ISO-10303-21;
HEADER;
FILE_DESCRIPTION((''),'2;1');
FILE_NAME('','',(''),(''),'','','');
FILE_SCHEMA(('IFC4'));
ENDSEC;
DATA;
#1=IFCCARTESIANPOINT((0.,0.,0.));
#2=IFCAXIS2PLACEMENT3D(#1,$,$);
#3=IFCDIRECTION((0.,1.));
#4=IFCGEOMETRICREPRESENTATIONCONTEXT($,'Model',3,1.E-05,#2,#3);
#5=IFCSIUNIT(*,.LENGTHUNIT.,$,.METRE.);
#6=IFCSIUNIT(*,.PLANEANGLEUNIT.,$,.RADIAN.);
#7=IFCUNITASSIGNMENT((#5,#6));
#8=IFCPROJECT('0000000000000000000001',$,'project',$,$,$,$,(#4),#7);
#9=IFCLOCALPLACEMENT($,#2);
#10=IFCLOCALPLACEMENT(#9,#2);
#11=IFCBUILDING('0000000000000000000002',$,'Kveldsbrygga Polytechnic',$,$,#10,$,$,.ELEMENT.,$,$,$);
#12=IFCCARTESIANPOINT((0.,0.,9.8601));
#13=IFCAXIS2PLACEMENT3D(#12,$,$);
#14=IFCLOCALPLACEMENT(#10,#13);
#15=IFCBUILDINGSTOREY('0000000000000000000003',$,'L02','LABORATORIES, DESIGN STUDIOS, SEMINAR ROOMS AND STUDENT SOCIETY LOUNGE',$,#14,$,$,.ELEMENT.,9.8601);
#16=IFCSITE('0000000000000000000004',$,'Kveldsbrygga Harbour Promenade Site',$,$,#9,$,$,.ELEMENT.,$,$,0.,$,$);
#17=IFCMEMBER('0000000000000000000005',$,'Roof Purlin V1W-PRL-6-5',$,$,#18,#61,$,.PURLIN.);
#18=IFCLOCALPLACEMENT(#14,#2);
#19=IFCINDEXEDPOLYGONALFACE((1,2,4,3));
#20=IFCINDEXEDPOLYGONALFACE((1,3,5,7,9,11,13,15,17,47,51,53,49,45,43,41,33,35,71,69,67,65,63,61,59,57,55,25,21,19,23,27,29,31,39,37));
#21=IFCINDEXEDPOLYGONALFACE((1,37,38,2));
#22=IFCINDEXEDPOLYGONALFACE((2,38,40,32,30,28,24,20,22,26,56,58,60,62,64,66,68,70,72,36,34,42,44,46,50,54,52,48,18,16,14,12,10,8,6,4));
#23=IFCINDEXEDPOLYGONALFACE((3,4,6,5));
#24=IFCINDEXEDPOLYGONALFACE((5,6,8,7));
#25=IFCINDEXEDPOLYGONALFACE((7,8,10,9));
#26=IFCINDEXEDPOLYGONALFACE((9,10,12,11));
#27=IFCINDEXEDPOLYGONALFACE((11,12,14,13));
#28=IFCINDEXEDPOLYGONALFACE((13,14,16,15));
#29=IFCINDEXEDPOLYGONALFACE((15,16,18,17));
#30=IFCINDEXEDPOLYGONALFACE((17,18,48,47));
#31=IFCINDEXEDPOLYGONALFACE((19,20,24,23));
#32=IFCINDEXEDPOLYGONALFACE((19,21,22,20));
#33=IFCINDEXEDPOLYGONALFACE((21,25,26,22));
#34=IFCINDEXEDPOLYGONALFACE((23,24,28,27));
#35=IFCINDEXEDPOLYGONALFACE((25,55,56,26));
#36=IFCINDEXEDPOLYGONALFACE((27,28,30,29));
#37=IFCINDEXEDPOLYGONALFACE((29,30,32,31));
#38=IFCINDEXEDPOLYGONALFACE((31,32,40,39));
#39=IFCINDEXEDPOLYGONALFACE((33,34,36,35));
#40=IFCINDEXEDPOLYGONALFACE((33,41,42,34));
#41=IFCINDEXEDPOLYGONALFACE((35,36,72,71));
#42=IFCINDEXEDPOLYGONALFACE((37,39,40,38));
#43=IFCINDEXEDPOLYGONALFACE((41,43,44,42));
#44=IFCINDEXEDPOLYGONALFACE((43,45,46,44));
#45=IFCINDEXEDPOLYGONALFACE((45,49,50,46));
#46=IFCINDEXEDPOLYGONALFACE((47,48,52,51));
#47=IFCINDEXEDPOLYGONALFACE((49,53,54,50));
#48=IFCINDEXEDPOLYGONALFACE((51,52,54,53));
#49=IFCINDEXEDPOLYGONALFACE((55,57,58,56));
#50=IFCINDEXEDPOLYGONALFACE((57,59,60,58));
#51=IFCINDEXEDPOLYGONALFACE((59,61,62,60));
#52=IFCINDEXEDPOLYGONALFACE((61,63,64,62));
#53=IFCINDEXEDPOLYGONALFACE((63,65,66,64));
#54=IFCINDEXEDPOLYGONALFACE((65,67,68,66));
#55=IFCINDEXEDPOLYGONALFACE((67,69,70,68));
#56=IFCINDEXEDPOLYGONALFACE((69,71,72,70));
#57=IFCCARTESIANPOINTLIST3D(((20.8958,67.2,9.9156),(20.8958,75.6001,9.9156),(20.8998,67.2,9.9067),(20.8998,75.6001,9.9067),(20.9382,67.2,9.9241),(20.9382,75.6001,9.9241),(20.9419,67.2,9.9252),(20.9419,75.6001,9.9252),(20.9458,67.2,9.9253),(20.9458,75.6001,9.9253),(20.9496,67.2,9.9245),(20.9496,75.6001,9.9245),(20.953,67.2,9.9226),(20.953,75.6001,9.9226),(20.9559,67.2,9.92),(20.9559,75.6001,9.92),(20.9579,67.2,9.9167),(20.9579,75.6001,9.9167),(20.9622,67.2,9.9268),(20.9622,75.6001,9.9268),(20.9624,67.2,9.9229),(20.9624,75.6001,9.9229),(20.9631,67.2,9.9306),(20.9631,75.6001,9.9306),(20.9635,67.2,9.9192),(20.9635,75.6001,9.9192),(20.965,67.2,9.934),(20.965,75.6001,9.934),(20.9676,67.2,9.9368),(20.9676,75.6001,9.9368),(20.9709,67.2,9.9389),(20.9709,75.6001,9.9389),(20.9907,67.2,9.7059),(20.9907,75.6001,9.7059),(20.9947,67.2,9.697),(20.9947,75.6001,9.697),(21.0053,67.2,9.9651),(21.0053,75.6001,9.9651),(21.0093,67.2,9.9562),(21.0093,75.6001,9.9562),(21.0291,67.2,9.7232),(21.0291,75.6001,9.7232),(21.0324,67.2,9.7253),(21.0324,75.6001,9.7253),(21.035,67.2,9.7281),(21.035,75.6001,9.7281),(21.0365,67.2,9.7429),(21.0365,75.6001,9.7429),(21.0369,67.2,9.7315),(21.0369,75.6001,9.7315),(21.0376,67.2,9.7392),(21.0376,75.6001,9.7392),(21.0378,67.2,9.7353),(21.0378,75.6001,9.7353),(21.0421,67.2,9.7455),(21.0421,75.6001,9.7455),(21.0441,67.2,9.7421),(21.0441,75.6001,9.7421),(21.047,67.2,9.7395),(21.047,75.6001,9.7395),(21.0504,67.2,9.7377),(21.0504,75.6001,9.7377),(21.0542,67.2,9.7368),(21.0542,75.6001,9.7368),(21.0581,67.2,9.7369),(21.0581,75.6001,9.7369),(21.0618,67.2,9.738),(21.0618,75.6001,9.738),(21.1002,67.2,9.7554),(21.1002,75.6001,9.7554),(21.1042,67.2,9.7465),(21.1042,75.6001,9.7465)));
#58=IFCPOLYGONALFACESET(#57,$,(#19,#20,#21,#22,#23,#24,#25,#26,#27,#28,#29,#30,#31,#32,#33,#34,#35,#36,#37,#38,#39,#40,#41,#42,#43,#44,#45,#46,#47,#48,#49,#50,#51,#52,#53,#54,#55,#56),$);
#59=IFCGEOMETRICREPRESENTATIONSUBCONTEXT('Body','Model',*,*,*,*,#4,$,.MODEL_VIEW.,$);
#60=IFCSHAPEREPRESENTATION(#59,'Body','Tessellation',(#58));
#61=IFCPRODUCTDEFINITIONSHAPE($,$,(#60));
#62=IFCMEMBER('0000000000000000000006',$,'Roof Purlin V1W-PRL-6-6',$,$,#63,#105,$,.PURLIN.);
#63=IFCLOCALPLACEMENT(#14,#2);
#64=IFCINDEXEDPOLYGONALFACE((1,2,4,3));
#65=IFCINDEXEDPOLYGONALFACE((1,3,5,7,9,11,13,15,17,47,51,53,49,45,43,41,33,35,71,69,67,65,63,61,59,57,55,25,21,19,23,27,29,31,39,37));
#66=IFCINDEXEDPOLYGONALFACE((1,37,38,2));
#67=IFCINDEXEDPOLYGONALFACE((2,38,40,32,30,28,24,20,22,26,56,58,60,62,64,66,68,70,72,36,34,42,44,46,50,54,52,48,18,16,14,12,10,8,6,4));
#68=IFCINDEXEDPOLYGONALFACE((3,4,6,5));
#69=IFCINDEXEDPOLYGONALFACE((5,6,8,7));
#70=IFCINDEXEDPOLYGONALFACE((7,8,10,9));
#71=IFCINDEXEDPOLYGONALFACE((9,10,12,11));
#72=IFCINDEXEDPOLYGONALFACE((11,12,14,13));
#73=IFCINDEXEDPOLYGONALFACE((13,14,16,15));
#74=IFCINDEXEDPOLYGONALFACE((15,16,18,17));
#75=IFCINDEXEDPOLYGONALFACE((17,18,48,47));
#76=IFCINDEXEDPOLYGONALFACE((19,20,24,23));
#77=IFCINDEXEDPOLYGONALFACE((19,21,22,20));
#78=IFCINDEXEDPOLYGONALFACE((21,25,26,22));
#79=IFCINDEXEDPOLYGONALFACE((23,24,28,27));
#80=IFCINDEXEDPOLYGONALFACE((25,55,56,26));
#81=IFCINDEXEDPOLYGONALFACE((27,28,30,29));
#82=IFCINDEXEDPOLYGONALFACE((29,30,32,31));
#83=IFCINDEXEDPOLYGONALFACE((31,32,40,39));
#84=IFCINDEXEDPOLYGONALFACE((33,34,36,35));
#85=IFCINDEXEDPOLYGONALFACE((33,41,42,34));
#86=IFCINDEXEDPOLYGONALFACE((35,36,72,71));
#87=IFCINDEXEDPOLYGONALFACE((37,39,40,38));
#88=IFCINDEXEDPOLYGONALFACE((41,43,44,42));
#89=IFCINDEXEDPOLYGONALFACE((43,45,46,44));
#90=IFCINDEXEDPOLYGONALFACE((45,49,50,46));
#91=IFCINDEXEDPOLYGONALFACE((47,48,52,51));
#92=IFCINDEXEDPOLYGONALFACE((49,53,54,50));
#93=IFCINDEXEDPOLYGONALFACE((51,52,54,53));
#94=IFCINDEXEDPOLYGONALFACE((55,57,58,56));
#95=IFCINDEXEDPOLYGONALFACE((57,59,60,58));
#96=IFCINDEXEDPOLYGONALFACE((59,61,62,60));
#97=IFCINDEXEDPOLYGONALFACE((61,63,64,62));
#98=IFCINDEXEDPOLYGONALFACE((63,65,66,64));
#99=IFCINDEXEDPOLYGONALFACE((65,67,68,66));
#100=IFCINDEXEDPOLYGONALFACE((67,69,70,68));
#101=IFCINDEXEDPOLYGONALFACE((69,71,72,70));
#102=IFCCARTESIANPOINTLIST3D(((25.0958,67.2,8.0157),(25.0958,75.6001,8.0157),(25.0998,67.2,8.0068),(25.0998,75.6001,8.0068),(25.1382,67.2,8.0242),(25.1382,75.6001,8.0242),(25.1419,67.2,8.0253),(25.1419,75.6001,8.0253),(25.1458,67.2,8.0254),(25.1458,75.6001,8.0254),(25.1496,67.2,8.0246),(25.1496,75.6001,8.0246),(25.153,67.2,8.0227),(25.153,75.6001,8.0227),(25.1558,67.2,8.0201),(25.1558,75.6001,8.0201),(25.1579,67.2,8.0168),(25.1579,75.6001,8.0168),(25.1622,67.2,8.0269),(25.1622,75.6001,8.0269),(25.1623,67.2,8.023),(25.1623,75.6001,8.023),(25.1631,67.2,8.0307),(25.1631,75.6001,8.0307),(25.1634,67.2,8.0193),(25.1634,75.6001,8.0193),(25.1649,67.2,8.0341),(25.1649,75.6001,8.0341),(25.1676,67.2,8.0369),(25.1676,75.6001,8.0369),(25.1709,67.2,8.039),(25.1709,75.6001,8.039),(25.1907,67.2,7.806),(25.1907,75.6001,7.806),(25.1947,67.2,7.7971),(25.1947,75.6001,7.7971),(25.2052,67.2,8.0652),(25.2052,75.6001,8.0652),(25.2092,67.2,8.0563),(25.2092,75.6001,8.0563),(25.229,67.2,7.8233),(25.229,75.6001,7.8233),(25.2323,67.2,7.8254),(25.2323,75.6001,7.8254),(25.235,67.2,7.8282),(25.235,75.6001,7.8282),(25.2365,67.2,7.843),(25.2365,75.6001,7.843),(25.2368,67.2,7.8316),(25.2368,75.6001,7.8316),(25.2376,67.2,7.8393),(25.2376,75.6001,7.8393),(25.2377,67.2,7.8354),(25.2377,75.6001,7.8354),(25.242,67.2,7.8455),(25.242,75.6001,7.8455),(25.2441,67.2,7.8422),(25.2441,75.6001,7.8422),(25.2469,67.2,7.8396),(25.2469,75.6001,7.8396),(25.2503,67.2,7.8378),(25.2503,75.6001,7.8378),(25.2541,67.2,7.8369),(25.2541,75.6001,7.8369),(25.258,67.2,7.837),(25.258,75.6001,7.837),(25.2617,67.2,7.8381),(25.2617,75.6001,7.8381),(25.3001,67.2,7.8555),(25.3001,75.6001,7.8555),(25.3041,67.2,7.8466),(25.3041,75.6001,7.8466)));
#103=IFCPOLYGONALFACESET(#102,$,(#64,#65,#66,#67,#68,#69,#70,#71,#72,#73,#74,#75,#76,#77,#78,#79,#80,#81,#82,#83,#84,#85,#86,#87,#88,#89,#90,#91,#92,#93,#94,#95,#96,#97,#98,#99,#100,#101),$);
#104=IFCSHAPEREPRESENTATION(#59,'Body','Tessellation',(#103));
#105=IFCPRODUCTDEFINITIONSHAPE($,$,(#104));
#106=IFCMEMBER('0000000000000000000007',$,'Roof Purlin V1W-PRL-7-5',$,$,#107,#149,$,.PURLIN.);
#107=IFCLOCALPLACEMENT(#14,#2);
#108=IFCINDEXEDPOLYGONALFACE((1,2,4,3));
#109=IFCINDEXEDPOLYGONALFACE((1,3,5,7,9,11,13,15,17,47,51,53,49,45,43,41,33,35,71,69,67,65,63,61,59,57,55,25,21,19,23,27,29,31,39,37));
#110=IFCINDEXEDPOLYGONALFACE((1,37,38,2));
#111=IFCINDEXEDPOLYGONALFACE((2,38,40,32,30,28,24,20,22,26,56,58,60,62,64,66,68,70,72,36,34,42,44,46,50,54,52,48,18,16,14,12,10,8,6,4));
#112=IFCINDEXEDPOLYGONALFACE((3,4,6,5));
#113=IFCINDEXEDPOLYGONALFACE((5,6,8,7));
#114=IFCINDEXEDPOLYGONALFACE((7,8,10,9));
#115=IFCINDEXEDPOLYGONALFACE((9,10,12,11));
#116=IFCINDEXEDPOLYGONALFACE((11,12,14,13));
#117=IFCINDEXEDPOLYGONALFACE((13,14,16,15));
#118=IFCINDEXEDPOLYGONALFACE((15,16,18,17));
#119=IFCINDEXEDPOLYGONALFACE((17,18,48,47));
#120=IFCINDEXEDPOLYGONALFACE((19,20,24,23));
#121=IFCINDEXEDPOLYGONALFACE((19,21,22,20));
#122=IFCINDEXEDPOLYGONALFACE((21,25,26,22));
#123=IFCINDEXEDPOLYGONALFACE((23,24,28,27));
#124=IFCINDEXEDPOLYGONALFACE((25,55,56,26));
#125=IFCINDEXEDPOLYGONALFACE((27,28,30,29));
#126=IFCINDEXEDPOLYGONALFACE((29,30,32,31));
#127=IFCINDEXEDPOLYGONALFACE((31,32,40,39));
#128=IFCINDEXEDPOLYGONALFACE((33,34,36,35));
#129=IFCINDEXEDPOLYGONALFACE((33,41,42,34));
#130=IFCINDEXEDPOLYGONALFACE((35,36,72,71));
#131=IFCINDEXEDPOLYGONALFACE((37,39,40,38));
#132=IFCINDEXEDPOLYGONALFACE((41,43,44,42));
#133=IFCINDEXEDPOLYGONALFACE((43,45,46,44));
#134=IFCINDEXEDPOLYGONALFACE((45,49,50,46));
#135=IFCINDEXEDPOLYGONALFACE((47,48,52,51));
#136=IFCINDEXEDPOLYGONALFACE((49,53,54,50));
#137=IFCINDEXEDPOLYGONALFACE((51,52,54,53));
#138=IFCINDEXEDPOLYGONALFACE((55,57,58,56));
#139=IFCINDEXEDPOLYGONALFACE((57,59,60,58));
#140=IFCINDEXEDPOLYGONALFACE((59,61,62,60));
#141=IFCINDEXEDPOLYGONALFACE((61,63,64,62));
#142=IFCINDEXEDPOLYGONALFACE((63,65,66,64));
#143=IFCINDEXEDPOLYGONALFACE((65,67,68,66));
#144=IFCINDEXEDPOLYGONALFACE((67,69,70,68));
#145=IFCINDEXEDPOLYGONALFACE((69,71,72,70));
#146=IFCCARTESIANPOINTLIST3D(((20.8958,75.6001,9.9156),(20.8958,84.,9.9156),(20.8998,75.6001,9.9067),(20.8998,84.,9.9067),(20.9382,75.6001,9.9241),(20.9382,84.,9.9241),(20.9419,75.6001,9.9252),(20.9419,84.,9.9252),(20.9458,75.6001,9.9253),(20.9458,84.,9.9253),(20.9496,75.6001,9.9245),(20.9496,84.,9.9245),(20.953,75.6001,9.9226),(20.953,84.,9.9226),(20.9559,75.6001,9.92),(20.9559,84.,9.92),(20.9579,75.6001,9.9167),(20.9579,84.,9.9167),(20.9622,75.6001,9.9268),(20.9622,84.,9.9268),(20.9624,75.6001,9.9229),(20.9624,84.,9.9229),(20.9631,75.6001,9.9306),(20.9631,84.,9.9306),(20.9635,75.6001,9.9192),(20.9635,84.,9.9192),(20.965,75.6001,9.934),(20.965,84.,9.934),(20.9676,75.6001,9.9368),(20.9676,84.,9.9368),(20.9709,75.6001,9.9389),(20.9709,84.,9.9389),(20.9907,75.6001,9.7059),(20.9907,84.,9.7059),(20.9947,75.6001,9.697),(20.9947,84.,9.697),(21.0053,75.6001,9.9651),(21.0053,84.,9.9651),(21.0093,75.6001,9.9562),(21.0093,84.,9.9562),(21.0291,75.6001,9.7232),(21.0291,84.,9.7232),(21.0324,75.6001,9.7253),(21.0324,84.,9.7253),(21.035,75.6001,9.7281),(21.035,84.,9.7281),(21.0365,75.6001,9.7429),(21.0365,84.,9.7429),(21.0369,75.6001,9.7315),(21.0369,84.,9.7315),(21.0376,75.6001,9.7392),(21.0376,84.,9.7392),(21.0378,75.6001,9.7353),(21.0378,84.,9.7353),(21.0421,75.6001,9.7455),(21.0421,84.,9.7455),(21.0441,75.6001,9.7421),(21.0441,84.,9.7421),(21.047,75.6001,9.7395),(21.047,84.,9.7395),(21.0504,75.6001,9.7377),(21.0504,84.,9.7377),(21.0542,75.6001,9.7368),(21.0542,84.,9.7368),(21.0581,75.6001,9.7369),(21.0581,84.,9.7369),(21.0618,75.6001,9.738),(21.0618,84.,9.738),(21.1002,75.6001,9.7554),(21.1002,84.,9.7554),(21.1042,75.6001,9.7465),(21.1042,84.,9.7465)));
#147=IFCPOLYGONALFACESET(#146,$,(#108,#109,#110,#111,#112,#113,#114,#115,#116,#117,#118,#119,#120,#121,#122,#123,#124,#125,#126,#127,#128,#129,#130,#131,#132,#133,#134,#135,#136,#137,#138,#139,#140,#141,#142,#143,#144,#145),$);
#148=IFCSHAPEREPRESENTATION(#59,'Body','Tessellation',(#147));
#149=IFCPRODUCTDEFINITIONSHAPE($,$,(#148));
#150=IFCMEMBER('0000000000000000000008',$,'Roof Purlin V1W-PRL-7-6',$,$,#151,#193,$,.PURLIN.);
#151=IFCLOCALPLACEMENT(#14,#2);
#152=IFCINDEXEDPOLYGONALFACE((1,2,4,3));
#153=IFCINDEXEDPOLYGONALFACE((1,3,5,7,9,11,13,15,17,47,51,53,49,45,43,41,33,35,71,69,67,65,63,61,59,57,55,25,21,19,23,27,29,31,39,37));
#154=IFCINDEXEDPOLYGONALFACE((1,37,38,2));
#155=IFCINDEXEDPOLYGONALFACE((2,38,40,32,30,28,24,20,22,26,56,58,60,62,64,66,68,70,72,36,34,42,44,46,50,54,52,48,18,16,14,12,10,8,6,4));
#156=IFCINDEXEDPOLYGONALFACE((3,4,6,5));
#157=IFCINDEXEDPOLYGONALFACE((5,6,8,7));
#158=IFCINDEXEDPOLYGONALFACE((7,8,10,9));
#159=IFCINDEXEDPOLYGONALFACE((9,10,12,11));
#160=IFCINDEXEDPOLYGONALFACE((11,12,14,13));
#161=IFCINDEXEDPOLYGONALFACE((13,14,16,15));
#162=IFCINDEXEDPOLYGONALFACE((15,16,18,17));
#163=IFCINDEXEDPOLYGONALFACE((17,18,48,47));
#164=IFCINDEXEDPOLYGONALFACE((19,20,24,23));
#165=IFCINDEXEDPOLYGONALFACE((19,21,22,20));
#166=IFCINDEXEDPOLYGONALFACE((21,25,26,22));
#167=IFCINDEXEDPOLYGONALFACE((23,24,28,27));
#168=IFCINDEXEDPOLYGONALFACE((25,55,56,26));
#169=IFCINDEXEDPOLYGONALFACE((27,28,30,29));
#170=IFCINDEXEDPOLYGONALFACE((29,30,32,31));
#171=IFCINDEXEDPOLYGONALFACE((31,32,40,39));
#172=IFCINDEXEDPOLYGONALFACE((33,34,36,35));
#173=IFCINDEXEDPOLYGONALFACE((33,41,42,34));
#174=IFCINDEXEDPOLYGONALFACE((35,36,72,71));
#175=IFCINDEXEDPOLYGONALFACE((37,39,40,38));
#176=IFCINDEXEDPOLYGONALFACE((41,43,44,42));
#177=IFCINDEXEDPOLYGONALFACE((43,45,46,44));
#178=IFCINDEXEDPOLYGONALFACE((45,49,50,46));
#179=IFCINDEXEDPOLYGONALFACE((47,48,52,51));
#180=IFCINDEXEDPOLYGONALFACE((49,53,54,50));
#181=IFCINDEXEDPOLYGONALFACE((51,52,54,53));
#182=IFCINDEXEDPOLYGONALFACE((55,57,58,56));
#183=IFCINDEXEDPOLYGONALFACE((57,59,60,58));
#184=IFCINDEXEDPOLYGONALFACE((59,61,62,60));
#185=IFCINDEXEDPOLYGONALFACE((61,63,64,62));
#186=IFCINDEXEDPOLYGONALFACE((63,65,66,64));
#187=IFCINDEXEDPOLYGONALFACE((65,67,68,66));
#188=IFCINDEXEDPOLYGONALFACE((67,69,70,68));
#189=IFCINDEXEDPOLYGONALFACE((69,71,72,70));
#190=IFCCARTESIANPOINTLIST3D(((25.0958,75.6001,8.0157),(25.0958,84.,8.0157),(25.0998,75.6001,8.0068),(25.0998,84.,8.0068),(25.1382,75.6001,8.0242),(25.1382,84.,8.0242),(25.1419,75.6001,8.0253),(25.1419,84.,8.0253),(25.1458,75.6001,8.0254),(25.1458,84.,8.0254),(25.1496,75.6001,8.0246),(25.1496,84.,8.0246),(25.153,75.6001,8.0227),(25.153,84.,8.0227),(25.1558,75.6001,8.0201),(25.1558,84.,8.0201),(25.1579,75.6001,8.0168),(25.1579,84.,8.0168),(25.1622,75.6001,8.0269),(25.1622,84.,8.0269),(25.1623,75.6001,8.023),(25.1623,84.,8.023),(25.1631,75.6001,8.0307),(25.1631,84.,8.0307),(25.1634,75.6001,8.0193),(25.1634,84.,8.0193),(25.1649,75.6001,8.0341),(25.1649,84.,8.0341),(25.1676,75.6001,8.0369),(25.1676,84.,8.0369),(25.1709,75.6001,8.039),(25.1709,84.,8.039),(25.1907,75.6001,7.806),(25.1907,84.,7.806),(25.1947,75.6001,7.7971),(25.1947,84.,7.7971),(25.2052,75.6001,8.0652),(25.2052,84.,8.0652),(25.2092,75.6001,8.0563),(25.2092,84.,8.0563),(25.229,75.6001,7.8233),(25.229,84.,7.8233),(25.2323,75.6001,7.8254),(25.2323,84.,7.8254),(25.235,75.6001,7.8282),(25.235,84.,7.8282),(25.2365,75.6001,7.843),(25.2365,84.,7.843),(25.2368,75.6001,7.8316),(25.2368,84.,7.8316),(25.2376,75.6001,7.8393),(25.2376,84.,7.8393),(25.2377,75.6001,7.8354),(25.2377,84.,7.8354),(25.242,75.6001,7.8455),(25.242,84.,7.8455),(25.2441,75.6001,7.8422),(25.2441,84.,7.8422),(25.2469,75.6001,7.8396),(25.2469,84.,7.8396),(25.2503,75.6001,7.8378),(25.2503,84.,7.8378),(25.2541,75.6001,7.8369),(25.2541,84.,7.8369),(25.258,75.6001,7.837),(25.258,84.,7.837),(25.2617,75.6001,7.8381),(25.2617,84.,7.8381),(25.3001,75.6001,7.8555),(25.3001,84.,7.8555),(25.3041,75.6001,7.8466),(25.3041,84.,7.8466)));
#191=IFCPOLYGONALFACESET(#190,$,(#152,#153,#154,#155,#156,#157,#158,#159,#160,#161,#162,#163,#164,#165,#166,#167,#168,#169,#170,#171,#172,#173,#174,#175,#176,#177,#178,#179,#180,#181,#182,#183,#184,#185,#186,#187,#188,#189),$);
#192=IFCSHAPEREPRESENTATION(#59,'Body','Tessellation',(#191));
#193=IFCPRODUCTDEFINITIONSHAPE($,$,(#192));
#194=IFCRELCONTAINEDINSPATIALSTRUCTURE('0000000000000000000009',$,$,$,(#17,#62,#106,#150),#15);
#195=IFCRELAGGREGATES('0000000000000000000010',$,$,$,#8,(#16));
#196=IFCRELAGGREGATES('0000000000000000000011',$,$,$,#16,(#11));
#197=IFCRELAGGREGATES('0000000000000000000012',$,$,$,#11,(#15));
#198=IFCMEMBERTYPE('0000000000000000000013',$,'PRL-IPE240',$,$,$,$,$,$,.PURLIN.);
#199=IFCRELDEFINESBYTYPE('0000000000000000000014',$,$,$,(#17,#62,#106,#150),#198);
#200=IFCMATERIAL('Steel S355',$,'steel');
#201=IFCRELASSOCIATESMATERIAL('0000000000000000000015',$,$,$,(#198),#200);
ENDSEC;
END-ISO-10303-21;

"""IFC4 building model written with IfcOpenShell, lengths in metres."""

from ifc_helpers import new_model, si_unit, direction, frame, origin, origin_2d, place, context, subcontext, project, spatial, i_section, extrude, material, material_profile, profile_set, type_object, element, save


model = new_model("IFC4")

# Units and contexts
model_context = context("Model", 3, precision=1e-05, world=origin(), true_north=direction((0.0, 1.0)))
body_context = subcontext(model_context, "Body", "Model", "MODEL_VIEW")
ifc_project = project(units=[si_unit("LENGTHUNIT", "METRE"), si_unit("PLANEANGLEUNIT", "RADIAN")], contexts=[model_context])

# Site, building, storey
site_placement = place(None, origin())
site = spatial("IfcSite", under=ifc_project, at=site_placement, Name="Kveldsbrygga Harbour Promenade Site", CompositionType="ELEMENT", RefElevation=0.0)
building_placement = place(site_placement, origin())
building = spatial("IfcBuilding", under=site, at=building_placement, Name="Kveldsbrygga Polytechnic", CompositionType="ELEMENT")
storey_placement = place(building_placement, frame((0.0, 0.0, 9.8601)))
storey = spatial("IfcBuildingStorey", under=building, at=storey_placement, Name="L02", Description="LABORATORIES, DESIGN STUDIOS, SEMINAR ROOMS AND STUDENT SOCIETY LOUNGE", CompositionType="ELEMENT", Elevation=9.8601)

# Members
ifc_material = material(Name="Steel S355", Category="steel")
ifc_material_profile_1 = material_profile(ifc_material, i_section(OverallWidth=0.1201, OverallDepth=0.24, WebThickness=0.0061, FlangeThickness=0.0098, FilletRadius=0.0149, at=origin_2d()), Name="IPE 240")
ifc_profile_set_1 = profile_set([ifc_material_profile_1], Name="Steel S355")
member_type_1 = type_object("IfcMemberType", Name="PRL-IPE240", PredefinedType="PURLIN", material=ifc_profile_set_1)
for number, where, z_axis, x_axis, name in (
    (1, (21.0, 67.2, 9.8311), (0.0, 1.0, 0.0), (-0.911108, 0.0, -0.412168), "Roof Purlin V1W-PRL-6-5"),
    (2, (25.2, 67.2, 7.9312), (0.0, 1.0, 0.0), (-0.911108, 0.0, -0.412168), "Roof Purlin V1W-PRL-6-6"),
):
    element("IfcMember", number, at=place(storey_placement, frame(where, z_axis=z_axis, x_axis=x_axis)), inside=storey, type_object=member_type_1, Name=name, PredefinedType="PURLIN", context=body_context, shape_type="SweptSolid", body=[
        extrude(i_section(OverallWidth=0.1201, OverallDepth=0.24, WebThickness=0.0061, FlangeThickness=0.0098, FilletRadius=0.0149, at=origin_2d()), origin(), (0.0, 0.0, 1.0), 8.4001),
    ])
for number, where, z_axis, x_axis, name in (
    (3, (21.0, 75.6001, 9.8311), (0.0, 1.0, 0.0), (-0.911108, 0.0, -0.412168), "Roof Purlin V1W-PRL-7-5"),
    (4, (25.2, 75.6001, 7.9312), (0.0, 1.0, 0.0), (-0.911108, 0.0, -0.412168), "Roof Purlin V1W-PRL-7-6"),
):
    element("IfcMember", number, at=place(storey_placement, frame(where, z_axis=z_axis, x_axis=x_axis)), inside=storey, type_object=member_type_1, Name=name, PredefinedType="PURLIN", context=body_context, shape_type="SweptSolid", body=[
        extrude(i_section(OverallWidth=0.1201, OverallDepth=0.24, WebThickness=0.0061, FlangeThickness=0.0098, FilletRadius=0.0149, at=origin_2d()), origin(), (0.0, 0.0, 1.0), 8.3999),
    ])

save(model, "model.ifc")
